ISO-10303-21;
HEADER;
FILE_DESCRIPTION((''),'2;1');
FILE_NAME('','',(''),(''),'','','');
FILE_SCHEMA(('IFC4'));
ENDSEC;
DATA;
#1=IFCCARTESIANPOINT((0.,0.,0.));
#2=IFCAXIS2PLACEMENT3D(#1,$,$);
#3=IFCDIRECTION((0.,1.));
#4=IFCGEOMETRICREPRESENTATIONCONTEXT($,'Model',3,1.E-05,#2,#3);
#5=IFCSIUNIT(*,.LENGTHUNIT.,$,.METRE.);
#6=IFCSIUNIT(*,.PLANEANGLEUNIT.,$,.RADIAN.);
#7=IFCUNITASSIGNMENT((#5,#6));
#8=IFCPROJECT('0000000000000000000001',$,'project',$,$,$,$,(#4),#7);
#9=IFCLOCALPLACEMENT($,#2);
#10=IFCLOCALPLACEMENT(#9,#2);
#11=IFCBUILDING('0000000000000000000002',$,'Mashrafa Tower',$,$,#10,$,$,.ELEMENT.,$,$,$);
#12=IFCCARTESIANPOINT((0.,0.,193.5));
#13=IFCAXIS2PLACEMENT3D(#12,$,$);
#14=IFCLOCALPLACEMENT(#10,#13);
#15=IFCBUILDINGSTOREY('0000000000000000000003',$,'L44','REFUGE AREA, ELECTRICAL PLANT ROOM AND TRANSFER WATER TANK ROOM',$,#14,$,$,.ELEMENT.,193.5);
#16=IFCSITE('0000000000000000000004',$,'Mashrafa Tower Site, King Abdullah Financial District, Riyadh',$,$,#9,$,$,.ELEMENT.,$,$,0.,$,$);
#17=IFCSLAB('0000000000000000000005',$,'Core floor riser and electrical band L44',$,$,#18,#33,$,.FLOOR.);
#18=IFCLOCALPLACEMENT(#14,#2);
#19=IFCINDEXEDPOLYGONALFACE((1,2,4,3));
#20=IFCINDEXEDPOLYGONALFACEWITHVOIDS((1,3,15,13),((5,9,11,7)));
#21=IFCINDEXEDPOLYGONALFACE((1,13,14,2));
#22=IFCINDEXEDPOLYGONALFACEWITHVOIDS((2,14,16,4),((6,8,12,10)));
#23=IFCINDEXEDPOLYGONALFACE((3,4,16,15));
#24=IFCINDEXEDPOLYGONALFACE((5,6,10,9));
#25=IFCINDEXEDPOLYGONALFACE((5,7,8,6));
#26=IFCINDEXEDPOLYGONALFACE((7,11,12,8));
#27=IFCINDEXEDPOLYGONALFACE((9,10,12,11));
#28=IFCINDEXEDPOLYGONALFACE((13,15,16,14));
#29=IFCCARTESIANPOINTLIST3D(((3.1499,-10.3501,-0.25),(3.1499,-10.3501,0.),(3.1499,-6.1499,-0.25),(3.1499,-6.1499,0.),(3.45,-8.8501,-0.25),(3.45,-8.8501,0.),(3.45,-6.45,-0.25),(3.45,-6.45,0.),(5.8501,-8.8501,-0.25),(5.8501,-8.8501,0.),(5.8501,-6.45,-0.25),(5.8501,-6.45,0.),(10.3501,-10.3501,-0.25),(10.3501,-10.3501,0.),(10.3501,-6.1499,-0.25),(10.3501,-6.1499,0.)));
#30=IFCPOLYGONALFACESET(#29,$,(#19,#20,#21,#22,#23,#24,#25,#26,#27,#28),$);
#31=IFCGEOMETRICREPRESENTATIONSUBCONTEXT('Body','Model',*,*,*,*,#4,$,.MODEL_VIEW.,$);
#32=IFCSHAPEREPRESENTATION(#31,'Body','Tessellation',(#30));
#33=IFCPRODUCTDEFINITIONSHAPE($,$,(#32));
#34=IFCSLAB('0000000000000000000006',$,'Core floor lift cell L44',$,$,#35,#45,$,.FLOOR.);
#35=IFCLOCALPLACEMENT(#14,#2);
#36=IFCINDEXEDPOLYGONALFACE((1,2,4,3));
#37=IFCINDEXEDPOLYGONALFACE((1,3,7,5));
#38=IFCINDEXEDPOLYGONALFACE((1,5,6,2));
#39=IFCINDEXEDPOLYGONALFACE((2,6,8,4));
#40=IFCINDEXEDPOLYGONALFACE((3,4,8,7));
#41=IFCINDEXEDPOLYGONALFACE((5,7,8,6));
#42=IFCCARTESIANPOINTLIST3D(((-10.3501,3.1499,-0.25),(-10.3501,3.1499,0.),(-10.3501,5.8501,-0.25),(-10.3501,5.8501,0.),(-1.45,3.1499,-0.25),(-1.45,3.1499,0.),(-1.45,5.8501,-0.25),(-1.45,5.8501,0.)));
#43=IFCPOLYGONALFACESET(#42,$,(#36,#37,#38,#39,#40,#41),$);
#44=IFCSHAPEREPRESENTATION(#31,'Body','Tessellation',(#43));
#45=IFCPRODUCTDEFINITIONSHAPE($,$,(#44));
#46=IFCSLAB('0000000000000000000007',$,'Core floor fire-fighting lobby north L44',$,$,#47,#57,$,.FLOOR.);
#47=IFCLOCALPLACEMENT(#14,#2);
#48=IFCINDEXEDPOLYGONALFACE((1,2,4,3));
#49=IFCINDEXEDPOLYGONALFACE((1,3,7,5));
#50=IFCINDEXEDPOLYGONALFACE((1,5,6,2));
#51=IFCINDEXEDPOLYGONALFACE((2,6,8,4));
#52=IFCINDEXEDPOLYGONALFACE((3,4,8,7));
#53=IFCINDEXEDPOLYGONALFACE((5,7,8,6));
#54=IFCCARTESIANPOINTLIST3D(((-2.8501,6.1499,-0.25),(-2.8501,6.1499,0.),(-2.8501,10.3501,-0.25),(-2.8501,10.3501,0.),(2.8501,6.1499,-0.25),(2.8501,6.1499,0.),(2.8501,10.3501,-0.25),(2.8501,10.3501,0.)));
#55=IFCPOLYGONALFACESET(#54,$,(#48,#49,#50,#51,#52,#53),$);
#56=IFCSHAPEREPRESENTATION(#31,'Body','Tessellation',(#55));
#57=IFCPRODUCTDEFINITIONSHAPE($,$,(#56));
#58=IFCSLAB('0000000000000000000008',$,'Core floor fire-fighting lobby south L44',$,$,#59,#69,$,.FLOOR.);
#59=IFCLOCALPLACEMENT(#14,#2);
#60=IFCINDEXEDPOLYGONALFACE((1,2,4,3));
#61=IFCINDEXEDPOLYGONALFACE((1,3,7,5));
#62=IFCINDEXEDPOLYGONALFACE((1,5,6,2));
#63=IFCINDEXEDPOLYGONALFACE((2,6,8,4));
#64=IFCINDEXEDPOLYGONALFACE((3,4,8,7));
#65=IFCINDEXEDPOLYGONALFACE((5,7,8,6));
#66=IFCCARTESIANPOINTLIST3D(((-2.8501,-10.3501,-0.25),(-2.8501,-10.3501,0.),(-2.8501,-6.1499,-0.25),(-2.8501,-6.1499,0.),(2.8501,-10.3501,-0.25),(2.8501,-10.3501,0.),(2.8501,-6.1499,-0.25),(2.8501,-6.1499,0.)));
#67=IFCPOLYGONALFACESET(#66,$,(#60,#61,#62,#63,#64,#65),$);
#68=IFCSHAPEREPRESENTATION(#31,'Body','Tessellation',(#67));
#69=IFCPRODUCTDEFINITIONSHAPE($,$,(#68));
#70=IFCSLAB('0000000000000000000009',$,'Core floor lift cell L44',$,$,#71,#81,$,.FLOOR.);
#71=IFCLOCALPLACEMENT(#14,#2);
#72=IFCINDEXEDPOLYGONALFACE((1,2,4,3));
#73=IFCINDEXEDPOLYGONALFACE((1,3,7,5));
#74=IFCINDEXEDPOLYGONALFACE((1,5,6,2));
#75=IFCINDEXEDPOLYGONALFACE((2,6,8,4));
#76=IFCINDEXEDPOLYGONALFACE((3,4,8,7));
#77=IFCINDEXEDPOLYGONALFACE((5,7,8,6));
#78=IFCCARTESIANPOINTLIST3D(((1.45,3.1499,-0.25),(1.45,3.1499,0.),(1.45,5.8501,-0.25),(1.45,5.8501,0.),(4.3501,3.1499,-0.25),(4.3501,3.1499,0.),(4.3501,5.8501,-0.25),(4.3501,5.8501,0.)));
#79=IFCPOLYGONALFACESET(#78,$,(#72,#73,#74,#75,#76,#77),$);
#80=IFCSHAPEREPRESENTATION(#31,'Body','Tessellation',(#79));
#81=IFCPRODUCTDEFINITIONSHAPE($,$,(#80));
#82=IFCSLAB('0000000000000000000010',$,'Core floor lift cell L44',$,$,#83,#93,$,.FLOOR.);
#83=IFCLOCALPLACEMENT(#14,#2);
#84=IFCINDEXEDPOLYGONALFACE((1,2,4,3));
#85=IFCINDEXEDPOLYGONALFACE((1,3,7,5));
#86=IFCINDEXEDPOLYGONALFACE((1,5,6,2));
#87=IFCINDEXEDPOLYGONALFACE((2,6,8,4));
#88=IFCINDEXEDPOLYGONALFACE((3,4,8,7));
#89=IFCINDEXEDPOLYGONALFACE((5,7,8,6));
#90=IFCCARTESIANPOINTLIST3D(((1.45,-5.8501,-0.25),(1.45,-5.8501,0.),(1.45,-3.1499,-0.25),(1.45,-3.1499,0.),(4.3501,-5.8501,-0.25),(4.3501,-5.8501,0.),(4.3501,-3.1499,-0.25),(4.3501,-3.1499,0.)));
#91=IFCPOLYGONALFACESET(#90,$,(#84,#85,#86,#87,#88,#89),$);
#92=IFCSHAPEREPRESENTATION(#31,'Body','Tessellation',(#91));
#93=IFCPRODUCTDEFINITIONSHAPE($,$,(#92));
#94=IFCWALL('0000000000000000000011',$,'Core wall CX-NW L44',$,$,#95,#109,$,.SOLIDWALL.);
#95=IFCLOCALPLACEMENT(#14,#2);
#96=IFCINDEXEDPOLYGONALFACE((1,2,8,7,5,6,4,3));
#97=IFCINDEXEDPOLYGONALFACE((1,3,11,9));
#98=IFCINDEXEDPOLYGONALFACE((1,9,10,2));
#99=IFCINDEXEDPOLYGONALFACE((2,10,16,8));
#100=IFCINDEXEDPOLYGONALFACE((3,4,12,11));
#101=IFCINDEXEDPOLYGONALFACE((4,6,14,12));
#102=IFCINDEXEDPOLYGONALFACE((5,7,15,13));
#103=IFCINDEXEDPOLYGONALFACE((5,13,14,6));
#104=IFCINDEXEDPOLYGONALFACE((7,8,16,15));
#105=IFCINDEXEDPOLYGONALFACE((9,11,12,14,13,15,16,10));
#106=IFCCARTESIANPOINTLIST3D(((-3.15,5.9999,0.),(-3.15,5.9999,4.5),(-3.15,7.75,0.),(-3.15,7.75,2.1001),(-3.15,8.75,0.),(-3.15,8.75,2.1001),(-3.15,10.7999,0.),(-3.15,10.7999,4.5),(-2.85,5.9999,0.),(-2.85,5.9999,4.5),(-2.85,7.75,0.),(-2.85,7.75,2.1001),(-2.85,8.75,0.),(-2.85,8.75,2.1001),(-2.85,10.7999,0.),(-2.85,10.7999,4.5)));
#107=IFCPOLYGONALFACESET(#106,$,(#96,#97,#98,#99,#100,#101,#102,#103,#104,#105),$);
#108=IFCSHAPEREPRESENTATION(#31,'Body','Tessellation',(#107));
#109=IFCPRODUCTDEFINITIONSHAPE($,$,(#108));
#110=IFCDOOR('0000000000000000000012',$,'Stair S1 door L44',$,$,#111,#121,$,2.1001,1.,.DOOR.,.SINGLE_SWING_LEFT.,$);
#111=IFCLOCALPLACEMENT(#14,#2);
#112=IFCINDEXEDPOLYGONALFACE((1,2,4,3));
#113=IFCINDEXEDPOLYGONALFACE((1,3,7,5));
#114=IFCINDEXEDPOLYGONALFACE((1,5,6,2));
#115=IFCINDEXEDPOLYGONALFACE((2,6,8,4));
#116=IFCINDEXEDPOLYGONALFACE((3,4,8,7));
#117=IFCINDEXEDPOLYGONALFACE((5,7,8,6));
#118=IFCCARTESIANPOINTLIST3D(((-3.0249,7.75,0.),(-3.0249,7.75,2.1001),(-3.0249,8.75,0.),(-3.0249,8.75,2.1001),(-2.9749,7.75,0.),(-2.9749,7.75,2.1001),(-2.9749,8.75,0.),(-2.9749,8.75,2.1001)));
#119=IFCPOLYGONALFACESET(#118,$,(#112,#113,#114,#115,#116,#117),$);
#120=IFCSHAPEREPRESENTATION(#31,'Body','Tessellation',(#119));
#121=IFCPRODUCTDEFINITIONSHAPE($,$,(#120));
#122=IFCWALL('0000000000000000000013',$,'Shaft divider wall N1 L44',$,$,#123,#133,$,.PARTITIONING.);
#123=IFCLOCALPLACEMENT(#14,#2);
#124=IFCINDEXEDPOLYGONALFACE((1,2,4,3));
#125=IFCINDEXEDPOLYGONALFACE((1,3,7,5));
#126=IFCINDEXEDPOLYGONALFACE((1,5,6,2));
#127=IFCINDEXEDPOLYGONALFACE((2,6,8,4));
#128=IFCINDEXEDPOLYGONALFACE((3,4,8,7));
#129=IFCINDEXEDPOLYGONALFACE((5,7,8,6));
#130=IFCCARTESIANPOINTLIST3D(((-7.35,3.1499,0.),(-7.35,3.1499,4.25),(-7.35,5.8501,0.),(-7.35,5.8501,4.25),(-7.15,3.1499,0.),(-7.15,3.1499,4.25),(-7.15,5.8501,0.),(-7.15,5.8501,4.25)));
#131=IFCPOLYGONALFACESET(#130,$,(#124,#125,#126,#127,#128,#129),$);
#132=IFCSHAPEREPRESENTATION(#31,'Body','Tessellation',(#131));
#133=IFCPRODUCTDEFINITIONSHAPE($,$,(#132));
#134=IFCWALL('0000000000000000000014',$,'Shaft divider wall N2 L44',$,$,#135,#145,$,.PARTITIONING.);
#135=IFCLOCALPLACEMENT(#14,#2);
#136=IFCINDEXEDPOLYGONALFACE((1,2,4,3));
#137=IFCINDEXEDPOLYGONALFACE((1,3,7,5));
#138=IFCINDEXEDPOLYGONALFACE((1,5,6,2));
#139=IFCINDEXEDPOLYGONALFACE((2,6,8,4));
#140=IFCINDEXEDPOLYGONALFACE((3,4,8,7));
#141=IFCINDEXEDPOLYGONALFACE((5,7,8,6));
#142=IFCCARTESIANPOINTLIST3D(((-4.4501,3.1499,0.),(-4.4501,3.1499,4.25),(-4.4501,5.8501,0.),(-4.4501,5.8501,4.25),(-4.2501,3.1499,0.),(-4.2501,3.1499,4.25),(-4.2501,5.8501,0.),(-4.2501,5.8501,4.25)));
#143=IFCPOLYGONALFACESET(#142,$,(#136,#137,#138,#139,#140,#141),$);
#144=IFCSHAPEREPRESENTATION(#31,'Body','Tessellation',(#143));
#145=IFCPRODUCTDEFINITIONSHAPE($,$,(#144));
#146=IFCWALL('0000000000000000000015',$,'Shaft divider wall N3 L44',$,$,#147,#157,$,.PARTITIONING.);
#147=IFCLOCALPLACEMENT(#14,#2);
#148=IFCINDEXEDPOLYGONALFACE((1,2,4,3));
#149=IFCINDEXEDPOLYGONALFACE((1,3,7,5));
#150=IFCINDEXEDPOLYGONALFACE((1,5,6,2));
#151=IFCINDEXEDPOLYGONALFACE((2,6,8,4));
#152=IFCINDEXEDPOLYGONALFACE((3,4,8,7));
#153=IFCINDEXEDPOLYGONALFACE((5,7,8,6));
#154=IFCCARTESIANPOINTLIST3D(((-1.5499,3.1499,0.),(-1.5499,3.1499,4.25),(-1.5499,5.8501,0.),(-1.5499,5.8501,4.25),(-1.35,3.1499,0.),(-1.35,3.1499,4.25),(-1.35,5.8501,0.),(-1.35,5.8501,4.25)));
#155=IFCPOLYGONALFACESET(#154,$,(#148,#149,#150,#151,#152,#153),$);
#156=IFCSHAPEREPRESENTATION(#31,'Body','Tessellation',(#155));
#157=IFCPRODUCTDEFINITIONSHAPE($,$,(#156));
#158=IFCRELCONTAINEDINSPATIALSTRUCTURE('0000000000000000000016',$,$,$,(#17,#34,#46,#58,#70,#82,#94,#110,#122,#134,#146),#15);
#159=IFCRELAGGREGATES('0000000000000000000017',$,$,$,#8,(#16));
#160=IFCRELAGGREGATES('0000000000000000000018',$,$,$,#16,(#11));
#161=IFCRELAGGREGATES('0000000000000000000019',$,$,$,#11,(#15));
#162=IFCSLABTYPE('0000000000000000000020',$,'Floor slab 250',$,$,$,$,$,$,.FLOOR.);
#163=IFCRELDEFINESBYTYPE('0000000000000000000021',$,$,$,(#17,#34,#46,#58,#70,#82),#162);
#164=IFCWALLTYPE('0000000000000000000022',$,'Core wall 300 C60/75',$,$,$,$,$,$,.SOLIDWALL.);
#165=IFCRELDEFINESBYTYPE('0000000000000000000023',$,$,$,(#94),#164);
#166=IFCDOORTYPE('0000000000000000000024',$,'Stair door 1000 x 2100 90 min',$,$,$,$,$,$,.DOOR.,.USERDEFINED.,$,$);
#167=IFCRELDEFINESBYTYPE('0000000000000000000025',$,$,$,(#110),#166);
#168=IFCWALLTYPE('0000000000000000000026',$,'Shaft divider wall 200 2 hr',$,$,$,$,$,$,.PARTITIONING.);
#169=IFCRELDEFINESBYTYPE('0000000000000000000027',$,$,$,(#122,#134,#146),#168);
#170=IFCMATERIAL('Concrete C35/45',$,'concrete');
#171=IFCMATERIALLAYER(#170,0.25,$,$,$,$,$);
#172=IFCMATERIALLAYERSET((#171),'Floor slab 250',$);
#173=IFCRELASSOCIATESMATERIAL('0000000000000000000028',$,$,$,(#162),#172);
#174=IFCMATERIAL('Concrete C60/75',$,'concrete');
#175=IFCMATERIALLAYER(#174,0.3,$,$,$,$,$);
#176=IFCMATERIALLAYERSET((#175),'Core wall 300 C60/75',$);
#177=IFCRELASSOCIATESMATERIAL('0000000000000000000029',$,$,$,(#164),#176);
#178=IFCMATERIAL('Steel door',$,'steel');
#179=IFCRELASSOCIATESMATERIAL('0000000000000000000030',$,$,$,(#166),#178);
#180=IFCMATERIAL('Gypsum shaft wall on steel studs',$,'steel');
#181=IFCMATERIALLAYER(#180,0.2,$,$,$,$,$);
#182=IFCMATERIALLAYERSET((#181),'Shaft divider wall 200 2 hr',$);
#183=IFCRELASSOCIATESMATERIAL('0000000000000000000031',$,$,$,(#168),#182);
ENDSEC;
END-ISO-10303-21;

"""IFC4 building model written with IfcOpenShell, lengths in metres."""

from ifc_helpers import new_model, si_unit, direction, frame, frame_2d, origin, place, context, subcontext, project, spatial, polyline, rectangle, outline, extrude, material, layer, layer_set, type_object, element, fill, save


model = new_model("IFC4")

# Units and contexts
model_context = context("Model", 3, precision=1e-05, world=origin(), true_north=direction((0.0, 1.0)))
body_context = subcontext(model_context, "Body", "Model", "MODEL_VIEW")
ifc_project = project(units=[si_unit("LENGTHUNIT", "METRE"), si_unit("PLANEANGLEUNIT", "RADIAN")], contexts=[model_context])

# Site, building, storey
site_placement = place(None, origin())
site = spatial("IfcSite", under=ifc_project, at=site_placement, Name="Mashrafa Tower Site, King Abdullah Financial District, Riyadh", CompositionType="ELEMENT", RefElevation=0.0)
building_placement = place(site_placement, origin())
building = spatial("IfcBuilding", under=site, at=building_placement, Name="Mashrafa Tower", CompositionType="ELEMENT")
storey_placement = place(building_placement, frame((0.0, 0.0, 193.5)))
storey = spatial("IfcBuildingStorey", under=building, at=storey_placement, Name="L44", Description="REFUGE AREA, ELECTRICAL PLANT ROOM AND TRANSFER WATER TANK ROOM", CompositionType="ELEMENT", Elevation=193.5)

# Slabs
ifc_material_1 = material(Name="Concrete C35/45", Category="concrete")
ifc_layer_1 = layer(ifc_material_1, 0.25)
ifc_layer_set_1 = layer_set([ifc_layer_1], Name="Floor slab 250")
slab_type = type_object("IfcSlabType", Name="Floor slab 250", PredefinedType="FLOOR", material=ifc_layer_set_1)
slab_1_placement = place(storey_placement, frame((0.0, 0.0, -0.25)))
element("IfcSlab", 1, at=slab_1_placement, inside=storey, type_object=slab_type, Name="Core floor riser and electrical band L44", PredefinedType="FLOOR", context=body_context, shape_type="SweptSolid", body=[
    extrude(outline(polyline([(10.3501, -6.1499), (10.3501, -10.3501), (3.1499, -10.3501), (3.1499, -6.1499), (10.3501, -6.1499)]), holes=[polyline([(3.45, -8.8501), (5.8501, -8.8501), (5.8501, -6.45), (3.45, -6.45), (3.45, -8.8501)])]), origin(), (0.0, 0.0, 1.0), 0.25),
])
slab_2_placement = place(storey_placement, frame((0.0, 0.0, -0.25)))
element("IfcSlab", 2, at=slab_2_placement, inside=storey, type_object=slab_type, Name="Core floor lift cell L44", PredefinedType="FLOOR", context=body_context, shape_type="SweptSolid", body=[
    extrude(outline(polyline([(-1.45, 5.8501), (-1.45, 3.1499), (-10.3501, 3.1499), (-10.3501, 5.8501), (-1.45, 5.8501)])), origin(), (0.0, 0.0, 1.0), 0.25),
])
slab_3_placement = place(storey_placement, frame((0.0, 0.0, -0.25)))
element("IfcSlab", 3, at=slab_3_placement, inside=storey, type_object=slab_type, Name="Core floor fire-fighting lobby north L44", PredefinedType="FLOOR", context=body_context, shape_type="SweptSolid", body=[
    extrude(outline(polyline([(-2.8501, 10.3501), (2.8501, 10.3501), (2.8501, 6.1499), (-2.8501, 6.1499), (-2.8501, 10.3501)])), origin(), (0.0, 0.0, 1.0), 0.25),
])
slab_4_placement = place(storey_placement, frame((0.0, 0.0, -0.25)))
element("IfcSlab", 4, at=slab_4_placement, inside=storey, type_object=slab_type, Name="Core floor fire-fighting lobby south L44", PredefinedType="FLOOR", context=body_context, shape_type="SweptSolid", body=[
    extrude(outline(polyline([(2.8501, -6.1499), (2.8501, -10.3501), (-2.8501, -10.3501), (-2.8501, -6.1499), (2.8501, -6.1499)])), origin(), (0.0, 0.0, 1.0), 0.25),
])
slab_5_placement = place(storey_placement, frame((0.0, 0.0, -0.25)))
element("IfcSlab", 5, at=slab_5_placement, inside=storey, type_object=slab_type, Name="Core floor lift cell L44", PredefinedType="FLOOR", context=body_context, shape_type="SweptSolid", body=[
    extrude(outline(polyline([(4.3501, 5.8501), (4.3501, 3.1499), (1.45, 3.1499), (1.45, 5.8501), (4.3501, 5.8501)])), origin(), (0.0, 0.0, 1.0), 0.25),
])
slab_6_placement = place(storey_placement, frame((0.0, 0.0, -0.25)))
element("IfcSlab", 6, at=slab_6_placement, inside=storey, type_object=slab_type, Name="Core floor lift cell L44", PredefinedType="FLOOR", context=body_context, shape_type="SweptSolid", body=[
    extrude(outline(polyline([(4.3501, -3.1499), (4.3501, -5.8501), (1.45, -5.8501), (1.45, -3.1499), (4.3501, -3.1499)])), origin(), (0.0, 0.0, 1.0), 0.25),
])

# Wall, opening, door
ifc_material_2 = material(Name="Concrete C60/75", Category="concrete")
ifc_layer_2 = layer(ifc_material_2, 0.3)
ifc_layer_set_2 = layer_set([ifc_layer_2], Name="Core wall 300 C60/75")
wall_type_1 = type_object("IfcWallType", Name="Core wall 300 C60/75", PredefinedType="SOLIDWALL", material=ifc_layer_set_2)
wall_placement = place(storey_placement, frame((-3.0, 6.0, 0.0), z_axis=(0.0, 0.0, 1.0), x_axis=(0.0, 1.0, 0.0)))
wall = element("IfcWall", 7, at=wall_placement, inside=storey, type_object=wall_type_1, Name="Core wall CX-NW L44", PredefinedType="SOLIDWALL", context=body_context, shape_type="SweptSolid", body=[
    extrude(rectangle(XDim=4.8, YDim=0.3, at=frame_2d((2.3999, 0.0))), origin(), (0.0, 0.0, 1.0), 4.5),
])
opening_placement = place(wall_placement, frame((1.75, 0.0, 0.0)))
opening = element("IfcOpeningElement", 8, at=opening_placement, cuts=wall, PredefinedType="OPENING", context=body_context, shape_type="SweptSolid", body=[
    extrude(rectangle(XDim=1.0, YDim=2.1001, at=frame_2d((0.5, 1.05))), frame((0.0, 0.1599, 0.0), z_axis=(0.0, -1.0, 0.0), x_axis=(1.0, 0.0, 0.0)), (0.0, 0.0, 1.0), 0.3201),
])
ifc_material_3 = material(Name="Steel door", Category="steel")
door_type = type_object("IfcDoorType", Name="Stair door 1000 x 2100 90 min", OperationType="USERDEFINED", PredefinedType="DOOR", material=ifc_material_3)
door_placement = place(opening_placement, origin())
door = element("IfcDoor", 9, at=door_placement, inside=storey, type_object=door_type, Name="Stair S1 door L44", OperationType="SINGLE_SWING_LEFT", OverallHeight=2.1001, OverallWidth=1.0, PredefinedType="DOOR", context=body_context, shape_type="SweptSolid", body=[
    extrude(rectangle(XDim=1.0, YDim=2.1001, at=frame_2d((0.5, 1.05))), frame((0.0, 0.0249, 0.0), z_axis=(0.0, -1.0, 0.0), x_axis=(1.0, 0.0, 0.0)), (0.0, 0.0, 1.0), 0.05),
])
fill(opening, door)

# Walls
ifc_material_4 = material(Name="Gypsum shaft wall on steel studs", Category="steel")
ifc_layer_3 = layer(ifc_material_4, 0.2)
ifc_layer_set_3 = layer_set([ifc_layer_3], Name="Shaft divider wall 200 2 hr")
wall_type_2 = type_object("IfcWallType", Name="Shaft divider wall 200 2 hr", PredefinedType="PARTITIONING", material=ifc_layer_set_3)
for number, where, z_axis, x_axis, name in (
    (10, (-7.25, 3.1499, 0.0), (0.0, 0.0, 1.0), (0.0, 1.0, 0.0), "Shaft divider wall N1 L44"),
    (11, (-4.3501, 3.1499, 0.0), (0.0, 0.0, 1.0), (0.0, 1.0, 0.0), "Shaft divider wall N2 L44"),
    (12, (-1.45, 3.1499, 0.0), (0.0, 0.0, 1.0), (0.0, 1.0, 0.0), "Shaft divider wall N3 L44"),
):
    element("IfcWall", number, at=place(storey_placement, frame(where, z_axis=z_axis, x_axis=x_axis)), inside=storey, type_object=wall_type_2, Name=name, PredefinedType="PARTITIONING", context=body_context, shape_type="SweptSolid", body=[
        extrude(rectangle(XDim=2.7002, YDim=0.2, at=frame_2d((1.3501, 0.0))), origin(), (0.0, 0.0, 1.0), 4.25),
    ])

save(model, "model.ifc")
